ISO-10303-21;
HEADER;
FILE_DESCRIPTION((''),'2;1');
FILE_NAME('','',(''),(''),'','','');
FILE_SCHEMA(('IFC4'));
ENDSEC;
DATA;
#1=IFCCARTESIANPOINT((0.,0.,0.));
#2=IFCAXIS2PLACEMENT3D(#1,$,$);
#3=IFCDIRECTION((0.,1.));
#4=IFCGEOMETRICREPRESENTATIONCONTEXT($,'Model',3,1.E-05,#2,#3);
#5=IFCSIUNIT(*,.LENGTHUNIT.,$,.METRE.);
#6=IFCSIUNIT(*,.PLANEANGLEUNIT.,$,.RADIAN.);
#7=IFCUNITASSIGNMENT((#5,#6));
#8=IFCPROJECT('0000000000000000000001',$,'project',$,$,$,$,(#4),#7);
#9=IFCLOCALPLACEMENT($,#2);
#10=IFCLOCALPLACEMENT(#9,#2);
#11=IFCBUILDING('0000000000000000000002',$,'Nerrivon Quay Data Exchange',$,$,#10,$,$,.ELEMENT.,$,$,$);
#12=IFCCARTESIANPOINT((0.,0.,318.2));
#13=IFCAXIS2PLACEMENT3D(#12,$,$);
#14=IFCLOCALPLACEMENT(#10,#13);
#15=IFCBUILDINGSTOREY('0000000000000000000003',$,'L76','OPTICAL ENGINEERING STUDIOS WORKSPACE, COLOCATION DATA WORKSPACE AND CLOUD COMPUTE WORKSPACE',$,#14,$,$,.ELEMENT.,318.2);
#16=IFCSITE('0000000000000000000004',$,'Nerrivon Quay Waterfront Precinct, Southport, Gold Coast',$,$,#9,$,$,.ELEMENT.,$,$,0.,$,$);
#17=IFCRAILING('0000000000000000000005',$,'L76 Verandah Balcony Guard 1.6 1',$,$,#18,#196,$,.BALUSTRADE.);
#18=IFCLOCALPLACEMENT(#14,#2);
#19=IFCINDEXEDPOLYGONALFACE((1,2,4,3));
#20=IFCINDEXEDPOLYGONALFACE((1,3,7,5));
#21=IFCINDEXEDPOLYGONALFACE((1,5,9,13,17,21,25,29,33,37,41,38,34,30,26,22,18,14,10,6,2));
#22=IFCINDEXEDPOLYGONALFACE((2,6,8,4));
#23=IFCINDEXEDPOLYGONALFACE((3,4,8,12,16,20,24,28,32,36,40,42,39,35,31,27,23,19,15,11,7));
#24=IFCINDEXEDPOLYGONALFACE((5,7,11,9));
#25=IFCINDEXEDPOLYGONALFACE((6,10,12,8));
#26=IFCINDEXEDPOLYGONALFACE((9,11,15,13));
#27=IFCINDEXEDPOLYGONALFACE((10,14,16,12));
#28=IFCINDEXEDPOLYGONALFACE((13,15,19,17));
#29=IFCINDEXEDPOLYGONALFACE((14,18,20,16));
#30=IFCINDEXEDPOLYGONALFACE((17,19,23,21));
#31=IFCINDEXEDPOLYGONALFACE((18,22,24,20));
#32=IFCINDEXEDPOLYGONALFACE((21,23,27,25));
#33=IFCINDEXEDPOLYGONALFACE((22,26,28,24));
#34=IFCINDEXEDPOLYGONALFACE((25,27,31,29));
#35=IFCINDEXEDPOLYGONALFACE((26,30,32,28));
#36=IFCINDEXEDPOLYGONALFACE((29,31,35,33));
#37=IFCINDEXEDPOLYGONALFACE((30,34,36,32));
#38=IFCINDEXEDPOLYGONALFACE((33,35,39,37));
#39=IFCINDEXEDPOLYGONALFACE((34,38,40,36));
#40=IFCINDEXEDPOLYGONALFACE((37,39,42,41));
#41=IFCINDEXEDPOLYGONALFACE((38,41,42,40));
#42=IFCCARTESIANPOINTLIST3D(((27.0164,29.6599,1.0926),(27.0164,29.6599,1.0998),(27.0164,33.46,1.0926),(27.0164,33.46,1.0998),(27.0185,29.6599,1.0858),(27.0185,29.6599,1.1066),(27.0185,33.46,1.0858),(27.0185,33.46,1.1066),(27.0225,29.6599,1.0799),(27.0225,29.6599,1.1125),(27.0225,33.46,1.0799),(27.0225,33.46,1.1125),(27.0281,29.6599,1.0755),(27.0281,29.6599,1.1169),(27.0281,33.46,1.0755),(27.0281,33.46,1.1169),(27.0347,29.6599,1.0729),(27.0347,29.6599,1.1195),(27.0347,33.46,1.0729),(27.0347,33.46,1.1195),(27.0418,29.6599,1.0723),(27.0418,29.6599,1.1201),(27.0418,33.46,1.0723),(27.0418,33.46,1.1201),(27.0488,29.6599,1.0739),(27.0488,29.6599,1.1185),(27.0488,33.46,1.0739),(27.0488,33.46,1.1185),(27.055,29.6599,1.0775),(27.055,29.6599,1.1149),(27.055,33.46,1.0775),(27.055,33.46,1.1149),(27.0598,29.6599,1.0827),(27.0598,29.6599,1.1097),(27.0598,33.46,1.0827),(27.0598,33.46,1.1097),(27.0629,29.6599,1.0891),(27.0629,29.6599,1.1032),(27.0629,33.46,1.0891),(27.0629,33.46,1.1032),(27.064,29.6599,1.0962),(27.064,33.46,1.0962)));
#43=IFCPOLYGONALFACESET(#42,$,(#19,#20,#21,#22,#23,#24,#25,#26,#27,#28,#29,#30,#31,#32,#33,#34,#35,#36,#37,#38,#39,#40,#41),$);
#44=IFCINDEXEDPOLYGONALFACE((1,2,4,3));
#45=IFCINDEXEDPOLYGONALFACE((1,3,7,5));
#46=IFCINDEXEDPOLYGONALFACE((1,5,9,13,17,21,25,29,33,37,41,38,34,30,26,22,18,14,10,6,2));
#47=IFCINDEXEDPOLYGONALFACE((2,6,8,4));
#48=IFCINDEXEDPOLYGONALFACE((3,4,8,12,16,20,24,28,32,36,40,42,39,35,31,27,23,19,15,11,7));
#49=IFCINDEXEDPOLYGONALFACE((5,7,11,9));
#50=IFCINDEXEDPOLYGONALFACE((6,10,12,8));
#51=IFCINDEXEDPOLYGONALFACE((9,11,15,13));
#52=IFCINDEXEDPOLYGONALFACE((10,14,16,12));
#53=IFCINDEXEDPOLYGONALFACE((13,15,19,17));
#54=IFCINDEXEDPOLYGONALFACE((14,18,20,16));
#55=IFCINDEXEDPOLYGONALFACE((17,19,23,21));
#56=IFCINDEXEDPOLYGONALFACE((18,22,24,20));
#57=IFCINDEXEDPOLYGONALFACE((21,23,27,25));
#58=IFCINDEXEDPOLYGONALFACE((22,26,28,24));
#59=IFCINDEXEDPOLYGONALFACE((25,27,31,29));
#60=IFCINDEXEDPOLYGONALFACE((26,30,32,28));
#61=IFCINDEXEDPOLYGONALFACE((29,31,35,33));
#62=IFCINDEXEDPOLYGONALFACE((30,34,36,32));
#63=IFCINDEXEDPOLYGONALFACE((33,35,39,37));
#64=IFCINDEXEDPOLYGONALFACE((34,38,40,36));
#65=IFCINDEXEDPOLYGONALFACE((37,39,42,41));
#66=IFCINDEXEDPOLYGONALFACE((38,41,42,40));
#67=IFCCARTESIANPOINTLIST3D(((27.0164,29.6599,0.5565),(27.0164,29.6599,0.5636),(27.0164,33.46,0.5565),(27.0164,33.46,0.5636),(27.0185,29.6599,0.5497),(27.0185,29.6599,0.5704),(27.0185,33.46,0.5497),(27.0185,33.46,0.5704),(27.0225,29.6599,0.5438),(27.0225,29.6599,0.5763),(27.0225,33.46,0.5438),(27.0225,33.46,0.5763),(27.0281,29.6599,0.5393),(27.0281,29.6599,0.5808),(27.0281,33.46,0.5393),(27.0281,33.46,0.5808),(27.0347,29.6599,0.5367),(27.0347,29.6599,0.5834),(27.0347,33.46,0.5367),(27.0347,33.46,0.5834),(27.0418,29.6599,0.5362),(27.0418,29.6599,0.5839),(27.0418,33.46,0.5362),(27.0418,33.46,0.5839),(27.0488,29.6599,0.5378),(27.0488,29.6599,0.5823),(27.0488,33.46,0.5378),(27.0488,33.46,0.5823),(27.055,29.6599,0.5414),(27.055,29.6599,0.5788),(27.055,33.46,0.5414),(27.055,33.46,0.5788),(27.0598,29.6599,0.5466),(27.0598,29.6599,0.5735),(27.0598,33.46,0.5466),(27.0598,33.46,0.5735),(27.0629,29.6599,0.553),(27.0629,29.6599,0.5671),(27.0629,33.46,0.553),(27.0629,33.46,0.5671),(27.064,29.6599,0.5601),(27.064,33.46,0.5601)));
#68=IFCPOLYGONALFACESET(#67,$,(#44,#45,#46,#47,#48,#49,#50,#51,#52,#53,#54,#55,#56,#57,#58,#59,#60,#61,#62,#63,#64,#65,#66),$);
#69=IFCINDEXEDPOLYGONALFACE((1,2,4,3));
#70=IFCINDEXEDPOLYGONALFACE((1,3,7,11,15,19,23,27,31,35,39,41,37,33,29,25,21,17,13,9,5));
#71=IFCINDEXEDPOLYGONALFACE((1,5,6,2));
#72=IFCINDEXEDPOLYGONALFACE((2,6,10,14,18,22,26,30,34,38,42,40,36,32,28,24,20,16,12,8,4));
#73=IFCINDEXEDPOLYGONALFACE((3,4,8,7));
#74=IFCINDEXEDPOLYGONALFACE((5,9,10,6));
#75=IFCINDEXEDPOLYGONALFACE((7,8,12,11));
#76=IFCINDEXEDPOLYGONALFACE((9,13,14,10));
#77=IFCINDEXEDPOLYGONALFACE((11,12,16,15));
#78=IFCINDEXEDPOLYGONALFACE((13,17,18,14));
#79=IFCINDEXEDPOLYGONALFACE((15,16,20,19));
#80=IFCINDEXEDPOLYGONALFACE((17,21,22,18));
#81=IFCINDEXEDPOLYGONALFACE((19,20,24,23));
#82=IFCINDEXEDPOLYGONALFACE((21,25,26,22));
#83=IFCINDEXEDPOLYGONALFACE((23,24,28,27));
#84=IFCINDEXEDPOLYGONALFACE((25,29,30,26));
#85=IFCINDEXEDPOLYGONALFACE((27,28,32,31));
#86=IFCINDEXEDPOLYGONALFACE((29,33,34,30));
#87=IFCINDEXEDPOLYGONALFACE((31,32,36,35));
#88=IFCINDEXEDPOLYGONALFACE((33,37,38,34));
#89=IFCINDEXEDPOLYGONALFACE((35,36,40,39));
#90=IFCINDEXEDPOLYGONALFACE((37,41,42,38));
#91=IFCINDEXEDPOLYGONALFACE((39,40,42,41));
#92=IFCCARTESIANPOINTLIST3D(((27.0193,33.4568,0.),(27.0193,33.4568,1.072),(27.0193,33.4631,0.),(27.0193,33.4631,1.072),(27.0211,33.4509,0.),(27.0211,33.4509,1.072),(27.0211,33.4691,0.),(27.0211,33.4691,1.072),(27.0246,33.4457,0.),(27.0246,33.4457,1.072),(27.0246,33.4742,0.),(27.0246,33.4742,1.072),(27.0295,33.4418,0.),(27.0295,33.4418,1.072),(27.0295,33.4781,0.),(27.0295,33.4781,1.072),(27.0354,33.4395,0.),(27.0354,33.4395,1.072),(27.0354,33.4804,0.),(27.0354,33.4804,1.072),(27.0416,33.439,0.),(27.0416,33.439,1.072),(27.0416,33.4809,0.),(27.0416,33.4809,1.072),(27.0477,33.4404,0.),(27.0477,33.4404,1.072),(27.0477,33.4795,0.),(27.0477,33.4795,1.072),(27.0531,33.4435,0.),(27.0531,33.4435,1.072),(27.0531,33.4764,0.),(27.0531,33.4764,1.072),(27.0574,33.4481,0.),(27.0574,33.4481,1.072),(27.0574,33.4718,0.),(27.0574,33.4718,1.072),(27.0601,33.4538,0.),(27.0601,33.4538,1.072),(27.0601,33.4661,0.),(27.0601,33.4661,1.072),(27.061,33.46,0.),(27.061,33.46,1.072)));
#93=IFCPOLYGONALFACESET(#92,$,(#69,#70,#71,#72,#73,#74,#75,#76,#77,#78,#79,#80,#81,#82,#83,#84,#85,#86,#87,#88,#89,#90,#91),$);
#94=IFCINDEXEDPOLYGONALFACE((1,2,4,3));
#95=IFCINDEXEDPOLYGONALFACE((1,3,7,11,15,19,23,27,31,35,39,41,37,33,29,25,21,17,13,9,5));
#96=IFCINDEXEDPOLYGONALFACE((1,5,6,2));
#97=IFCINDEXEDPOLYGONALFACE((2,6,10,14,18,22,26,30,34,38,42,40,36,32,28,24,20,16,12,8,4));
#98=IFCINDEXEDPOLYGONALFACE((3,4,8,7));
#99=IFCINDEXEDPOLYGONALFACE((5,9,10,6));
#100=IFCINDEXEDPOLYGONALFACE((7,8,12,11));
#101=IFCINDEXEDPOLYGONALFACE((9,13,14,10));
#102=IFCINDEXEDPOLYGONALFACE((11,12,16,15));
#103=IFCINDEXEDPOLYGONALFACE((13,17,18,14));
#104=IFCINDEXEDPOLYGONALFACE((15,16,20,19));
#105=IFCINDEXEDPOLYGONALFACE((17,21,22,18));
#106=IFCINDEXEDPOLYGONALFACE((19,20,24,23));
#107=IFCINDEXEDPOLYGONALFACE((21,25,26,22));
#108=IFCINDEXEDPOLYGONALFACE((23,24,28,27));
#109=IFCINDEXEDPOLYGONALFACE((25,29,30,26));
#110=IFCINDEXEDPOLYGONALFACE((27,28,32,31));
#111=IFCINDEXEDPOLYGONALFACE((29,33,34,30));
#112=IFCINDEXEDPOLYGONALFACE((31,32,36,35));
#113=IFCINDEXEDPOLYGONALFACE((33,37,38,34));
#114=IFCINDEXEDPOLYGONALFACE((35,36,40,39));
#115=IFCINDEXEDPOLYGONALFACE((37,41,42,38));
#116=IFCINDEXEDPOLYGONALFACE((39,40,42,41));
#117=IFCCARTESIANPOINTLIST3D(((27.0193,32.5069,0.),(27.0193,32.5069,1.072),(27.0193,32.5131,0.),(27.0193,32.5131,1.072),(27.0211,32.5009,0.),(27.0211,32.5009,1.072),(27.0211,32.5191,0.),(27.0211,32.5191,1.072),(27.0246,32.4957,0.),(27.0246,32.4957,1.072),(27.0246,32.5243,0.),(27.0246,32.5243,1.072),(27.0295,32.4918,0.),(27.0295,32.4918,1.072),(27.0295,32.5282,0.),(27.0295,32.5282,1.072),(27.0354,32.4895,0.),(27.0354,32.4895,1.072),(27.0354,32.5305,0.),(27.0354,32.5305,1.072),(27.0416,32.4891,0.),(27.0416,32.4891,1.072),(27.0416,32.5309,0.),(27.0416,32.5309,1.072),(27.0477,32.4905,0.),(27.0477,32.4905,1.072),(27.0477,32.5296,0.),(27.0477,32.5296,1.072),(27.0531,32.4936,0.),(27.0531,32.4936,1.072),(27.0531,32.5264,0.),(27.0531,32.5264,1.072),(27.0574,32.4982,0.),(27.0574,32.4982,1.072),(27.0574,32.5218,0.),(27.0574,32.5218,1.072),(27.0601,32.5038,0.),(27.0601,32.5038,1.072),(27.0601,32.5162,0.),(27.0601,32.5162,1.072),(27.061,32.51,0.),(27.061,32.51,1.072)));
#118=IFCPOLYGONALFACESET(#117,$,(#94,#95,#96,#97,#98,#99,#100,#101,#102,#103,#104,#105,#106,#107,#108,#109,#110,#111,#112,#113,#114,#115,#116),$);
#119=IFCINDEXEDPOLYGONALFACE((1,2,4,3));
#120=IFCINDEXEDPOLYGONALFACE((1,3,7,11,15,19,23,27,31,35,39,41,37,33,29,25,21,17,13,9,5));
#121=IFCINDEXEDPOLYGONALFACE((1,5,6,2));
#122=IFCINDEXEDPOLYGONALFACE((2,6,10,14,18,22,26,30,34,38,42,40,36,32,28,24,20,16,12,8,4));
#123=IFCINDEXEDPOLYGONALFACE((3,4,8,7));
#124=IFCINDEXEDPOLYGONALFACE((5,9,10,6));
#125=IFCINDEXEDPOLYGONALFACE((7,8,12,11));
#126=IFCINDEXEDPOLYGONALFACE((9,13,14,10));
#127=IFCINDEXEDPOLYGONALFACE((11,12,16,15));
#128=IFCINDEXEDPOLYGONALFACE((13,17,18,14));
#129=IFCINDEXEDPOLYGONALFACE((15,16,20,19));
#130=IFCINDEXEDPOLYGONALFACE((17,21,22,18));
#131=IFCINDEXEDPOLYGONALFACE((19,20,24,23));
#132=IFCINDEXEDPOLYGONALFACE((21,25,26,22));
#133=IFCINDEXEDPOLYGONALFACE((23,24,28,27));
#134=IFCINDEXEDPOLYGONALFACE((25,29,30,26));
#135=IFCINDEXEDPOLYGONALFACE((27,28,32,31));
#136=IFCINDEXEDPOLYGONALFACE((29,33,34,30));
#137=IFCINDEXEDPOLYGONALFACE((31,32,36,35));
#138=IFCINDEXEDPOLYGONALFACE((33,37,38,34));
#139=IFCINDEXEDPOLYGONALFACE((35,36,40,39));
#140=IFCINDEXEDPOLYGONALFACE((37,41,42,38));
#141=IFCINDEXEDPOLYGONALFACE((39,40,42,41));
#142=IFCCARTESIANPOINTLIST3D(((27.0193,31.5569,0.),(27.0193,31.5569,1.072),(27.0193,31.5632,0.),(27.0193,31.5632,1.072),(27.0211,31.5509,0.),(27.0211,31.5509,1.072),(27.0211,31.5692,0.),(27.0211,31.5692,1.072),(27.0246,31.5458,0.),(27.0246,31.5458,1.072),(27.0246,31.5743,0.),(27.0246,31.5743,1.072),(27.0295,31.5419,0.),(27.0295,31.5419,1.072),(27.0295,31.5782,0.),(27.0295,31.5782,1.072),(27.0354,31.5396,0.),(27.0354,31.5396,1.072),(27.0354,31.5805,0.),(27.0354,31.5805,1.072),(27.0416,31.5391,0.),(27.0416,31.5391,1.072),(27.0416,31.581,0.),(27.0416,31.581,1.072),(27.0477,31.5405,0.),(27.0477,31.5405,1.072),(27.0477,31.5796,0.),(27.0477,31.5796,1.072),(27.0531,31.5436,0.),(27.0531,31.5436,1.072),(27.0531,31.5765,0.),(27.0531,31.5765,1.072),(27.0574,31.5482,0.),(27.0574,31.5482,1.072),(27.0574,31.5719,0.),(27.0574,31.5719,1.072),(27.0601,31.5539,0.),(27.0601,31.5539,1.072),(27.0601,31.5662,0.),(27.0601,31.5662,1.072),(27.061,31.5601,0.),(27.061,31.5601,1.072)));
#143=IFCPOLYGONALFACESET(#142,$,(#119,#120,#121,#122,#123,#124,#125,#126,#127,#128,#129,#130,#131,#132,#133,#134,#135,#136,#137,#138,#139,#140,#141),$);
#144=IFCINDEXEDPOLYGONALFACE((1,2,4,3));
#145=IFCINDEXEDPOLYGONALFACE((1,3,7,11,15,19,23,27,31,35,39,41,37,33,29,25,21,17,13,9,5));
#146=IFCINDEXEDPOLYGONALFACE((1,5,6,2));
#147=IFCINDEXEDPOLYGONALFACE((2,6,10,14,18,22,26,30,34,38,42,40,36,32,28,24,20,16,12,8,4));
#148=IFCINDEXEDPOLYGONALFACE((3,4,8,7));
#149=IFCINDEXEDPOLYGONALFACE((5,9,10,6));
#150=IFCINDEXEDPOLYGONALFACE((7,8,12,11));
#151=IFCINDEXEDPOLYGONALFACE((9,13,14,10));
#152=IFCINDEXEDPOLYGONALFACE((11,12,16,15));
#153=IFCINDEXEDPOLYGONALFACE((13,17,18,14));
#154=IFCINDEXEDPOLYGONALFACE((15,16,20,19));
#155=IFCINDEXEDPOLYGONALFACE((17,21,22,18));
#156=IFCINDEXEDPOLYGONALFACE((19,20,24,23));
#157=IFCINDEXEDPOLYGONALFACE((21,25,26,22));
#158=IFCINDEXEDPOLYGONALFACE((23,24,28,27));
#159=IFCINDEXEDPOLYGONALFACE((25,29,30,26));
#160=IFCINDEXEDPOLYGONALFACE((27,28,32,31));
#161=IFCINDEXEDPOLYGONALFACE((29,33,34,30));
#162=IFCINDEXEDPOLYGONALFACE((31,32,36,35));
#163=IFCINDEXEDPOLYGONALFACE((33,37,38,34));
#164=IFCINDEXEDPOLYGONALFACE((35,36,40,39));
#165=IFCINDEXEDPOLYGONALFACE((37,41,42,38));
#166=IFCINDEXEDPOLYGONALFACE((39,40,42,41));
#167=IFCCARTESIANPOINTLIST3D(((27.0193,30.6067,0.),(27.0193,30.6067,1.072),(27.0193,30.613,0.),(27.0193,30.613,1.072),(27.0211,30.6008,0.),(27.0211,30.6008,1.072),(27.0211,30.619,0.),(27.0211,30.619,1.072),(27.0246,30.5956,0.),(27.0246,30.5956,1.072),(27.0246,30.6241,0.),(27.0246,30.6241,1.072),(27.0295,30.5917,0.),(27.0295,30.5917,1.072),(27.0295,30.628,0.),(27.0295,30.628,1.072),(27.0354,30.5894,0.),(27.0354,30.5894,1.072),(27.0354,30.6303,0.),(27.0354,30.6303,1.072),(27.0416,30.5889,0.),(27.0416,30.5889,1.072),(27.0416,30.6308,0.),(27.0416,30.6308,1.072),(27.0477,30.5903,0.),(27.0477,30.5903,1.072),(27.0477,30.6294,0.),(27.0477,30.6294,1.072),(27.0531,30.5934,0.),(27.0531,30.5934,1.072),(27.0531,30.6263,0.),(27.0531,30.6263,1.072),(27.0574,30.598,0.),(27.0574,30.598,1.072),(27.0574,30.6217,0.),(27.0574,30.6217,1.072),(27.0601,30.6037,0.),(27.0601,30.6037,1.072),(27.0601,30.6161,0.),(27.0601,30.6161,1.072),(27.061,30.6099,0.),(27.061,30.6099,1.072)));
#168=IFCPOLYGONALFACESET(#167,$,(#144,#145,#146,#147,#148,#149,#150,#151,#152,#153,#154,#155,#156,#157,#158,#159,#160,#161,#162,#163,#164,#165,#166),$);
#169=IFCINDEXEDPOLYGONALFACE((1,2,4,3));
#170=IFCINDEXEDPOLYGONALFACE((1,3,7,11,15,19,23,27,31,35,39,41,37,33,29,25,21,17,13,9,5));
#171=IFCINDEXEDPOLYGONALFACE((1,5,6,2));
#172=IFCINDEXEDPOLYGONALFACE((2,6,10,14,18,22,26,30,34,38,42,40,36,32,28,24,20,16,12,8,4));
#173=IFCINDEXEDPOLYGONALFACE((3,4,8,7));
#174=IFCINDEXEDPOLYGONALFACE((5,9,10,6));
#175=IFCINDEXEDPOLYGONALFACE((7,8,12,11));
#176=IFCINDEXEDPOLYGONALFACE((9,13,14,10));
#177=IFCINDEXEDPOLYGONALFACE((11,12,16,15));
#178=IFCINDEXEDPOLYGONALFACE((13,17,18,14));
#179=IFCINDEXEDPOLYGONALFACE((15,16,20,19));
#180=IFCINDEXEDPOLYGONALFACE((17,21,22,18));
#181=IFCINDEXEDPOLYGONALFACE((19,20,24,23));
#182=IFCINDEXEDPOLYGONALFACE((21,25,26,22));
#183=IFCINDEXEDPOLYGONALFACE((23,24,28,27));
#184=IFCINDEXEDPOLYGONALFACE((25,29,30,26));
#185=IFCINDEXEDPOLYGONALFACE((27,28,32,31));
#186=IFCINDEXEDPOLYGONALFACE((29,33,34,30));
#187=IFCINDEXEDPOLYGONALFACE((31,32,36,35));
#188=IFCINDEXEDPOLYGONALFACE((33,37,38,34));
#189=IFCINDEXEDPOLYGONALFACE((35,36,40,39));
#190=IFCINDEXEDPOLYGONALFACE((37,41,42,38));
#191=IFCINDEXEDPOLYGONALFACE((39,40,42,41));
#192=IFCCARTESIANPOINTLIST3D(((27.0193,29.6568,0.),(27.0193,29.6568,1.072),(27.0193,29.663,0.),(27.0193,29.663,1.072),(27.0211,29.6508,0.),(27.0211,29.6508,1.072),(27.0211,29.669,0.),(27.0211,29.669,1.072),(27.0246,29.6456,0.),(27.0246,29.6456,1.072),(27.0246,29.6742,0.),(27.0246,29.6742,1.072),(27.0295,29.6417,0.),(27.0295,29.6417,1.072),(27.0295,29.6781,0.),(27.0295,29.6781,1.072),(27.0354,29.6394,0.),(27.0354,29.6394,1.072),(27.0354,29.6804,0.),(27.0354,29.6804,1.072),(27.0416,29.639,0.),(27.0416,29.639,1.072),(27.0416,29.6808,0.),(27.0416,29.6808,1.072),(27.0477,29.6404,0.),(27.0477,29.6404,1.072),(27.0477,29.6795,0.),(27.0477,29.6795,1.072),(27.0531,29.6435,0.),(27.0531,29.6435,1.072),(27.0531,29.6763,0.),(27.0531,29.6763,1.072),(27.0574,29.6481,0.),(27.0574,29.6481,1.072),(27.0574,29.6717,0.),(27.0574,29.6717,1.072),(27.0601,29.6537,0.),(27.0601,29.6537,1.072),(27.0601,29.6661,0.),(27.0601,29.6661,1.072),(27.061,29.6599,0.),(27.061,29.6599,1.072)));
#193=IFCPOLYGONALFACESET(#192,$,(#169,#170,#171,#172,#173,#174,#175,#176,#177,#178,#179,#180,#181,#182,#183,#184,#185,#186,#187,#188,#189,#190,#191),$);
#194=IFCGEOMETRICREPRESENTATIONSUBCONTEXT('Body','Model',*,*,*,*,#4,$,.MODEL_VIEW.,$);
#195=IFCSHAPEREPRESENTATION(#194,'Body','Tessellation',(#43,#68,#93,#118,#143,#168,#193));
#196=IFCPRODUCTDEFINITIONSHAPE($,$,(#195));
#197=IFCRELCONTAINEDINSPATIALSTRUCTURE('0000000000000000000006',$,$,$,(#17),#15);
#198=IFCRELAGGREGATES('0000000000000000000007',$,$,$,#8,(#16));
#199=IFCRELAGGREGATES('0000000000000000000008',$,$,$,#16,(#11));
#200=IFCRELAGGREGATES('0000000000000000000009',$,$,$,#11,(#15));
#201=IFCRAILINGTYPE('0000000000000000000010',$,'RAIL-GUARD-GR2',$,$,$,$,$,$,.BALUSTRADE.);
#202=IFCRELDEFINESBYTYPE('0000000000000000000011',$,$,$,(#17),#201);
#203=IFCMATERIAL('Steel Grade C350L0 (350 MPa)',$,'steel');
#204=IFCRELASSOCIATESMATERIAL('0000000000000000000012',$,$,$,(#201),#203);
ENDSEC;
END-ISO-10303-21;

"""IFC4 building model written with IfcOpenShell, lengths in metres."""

from ifc_helpers import new_model, si_unit, direction, frame, origin, origin_2d, place, context, subcontext, project, spatial, circle, extrude, material, type_object, element, save


model = new_model("IFC4")

# Units and contexts
model_context = context("Model", 3, precision=1e-05, world=origin(), true_north=direction((0.0, 1.0)))
body_context = subcontext(model_context, "Body", "Model", "MODEL_VIEW")
ifc_project = project(units=[si_unit("LENGTHUNIT", "METRE"), si_unit("PLANEANGLEUNIT", "RADIAN")], contexts=[model_context])

# Site, building, storey
site_placement = place(None, origin())
site = spatial("IfcSite", under=ifc_project, at=site_placement, Name="Nerrivon Quay Waterfront Precinct, Southport, Gold Coast", CompositionType="ELEMENT", RefElevation=0.0)
building_placement = place(site_placement, origin())
building = spatial("IfcBuilding", under=site, at=building_placement, Name="Nerrivon Quay Data Exchange", CompositionType="ELEMENT")
storey_placement = place(building_placement, frame((0.0, 0.0, 318.2)))
storey = spatial("IfcBuildingStorey", under=building, at=storey_placement, Name="L76", Description="OPTICAL ENGINEERING STUDIOS WORKSPACE, COLOCATION DATA WORKSPACE AND CLOUD COMPUTE WORKSPACE", CompositionType="ELEMENT", Elevation=318.2)

# Railing
ifc_material_1 = material(Name="Steel Grade C350L0 (350 MPa)", Category="steel")
railing_type = type_object("IfcRailingType", Name="RAIL-GUARD-GR2", PredefinedType="BALUSTRADE", material=ifc_material_1)
railing_1_placement = place(storey_placement, frame((27.04, 33.46, 0.0)))
element("IfcRailing", 1, at=railing_1_placement, inside=storey, type_object=railing_type, Name="L76 Verandah Balcony Guard 1.6 1", PredefinedType="BALUSTRADE", context=body_context, shape_type="SweptSolid", body=[
    extrude(circle(Radius=0.0239, at=origin_2d()), frame((0.0, 0.0, 1.0962), z_axis=(0.0, -1.0, 0.0), x_axis=(1.0, 0.0, 0.0)), (0.0, 0.0, 1.0), 3.8),
    extrude(circle(Radius=0.0239, at=origin_2d()), frame((0.0, 0.0, 0.5601), z_axis=(0.0, -1.0, 0.0), x_axis=(1.0, 0.0, 0.0)), (0.0, 0.0, 1.0), 3.8),
    extrude(circle(Radius=0.021, at=origin_2d()), origin(), (0.0, 0.0, 1.0), 1.072),
    extrude(circle(Radius=0.021, at=origin_2d()), frame((0.0, -0.95, 0.0)), (0.0, 0.0, 1.0), 1.072),
    extrude(circle(Radius=0.021, at=origin_2d()), frame((0.0, -1.8999, 0.0)), (0.0, 0.0, 1.0), 1.072),
    extrude(circle(Radius=0.021, at=origin_2d()), frame((0.0, -2.8501, 0.0)), (0.0, 0.0, 1.0), 1.072),
    extrude(circle(Radius=0.021, at=origin_2d()), frame((0.0, -3.8, 0.0)), (0.0, 0.0, 1.0), 1.072),
])

save(model, "model.ifc")
